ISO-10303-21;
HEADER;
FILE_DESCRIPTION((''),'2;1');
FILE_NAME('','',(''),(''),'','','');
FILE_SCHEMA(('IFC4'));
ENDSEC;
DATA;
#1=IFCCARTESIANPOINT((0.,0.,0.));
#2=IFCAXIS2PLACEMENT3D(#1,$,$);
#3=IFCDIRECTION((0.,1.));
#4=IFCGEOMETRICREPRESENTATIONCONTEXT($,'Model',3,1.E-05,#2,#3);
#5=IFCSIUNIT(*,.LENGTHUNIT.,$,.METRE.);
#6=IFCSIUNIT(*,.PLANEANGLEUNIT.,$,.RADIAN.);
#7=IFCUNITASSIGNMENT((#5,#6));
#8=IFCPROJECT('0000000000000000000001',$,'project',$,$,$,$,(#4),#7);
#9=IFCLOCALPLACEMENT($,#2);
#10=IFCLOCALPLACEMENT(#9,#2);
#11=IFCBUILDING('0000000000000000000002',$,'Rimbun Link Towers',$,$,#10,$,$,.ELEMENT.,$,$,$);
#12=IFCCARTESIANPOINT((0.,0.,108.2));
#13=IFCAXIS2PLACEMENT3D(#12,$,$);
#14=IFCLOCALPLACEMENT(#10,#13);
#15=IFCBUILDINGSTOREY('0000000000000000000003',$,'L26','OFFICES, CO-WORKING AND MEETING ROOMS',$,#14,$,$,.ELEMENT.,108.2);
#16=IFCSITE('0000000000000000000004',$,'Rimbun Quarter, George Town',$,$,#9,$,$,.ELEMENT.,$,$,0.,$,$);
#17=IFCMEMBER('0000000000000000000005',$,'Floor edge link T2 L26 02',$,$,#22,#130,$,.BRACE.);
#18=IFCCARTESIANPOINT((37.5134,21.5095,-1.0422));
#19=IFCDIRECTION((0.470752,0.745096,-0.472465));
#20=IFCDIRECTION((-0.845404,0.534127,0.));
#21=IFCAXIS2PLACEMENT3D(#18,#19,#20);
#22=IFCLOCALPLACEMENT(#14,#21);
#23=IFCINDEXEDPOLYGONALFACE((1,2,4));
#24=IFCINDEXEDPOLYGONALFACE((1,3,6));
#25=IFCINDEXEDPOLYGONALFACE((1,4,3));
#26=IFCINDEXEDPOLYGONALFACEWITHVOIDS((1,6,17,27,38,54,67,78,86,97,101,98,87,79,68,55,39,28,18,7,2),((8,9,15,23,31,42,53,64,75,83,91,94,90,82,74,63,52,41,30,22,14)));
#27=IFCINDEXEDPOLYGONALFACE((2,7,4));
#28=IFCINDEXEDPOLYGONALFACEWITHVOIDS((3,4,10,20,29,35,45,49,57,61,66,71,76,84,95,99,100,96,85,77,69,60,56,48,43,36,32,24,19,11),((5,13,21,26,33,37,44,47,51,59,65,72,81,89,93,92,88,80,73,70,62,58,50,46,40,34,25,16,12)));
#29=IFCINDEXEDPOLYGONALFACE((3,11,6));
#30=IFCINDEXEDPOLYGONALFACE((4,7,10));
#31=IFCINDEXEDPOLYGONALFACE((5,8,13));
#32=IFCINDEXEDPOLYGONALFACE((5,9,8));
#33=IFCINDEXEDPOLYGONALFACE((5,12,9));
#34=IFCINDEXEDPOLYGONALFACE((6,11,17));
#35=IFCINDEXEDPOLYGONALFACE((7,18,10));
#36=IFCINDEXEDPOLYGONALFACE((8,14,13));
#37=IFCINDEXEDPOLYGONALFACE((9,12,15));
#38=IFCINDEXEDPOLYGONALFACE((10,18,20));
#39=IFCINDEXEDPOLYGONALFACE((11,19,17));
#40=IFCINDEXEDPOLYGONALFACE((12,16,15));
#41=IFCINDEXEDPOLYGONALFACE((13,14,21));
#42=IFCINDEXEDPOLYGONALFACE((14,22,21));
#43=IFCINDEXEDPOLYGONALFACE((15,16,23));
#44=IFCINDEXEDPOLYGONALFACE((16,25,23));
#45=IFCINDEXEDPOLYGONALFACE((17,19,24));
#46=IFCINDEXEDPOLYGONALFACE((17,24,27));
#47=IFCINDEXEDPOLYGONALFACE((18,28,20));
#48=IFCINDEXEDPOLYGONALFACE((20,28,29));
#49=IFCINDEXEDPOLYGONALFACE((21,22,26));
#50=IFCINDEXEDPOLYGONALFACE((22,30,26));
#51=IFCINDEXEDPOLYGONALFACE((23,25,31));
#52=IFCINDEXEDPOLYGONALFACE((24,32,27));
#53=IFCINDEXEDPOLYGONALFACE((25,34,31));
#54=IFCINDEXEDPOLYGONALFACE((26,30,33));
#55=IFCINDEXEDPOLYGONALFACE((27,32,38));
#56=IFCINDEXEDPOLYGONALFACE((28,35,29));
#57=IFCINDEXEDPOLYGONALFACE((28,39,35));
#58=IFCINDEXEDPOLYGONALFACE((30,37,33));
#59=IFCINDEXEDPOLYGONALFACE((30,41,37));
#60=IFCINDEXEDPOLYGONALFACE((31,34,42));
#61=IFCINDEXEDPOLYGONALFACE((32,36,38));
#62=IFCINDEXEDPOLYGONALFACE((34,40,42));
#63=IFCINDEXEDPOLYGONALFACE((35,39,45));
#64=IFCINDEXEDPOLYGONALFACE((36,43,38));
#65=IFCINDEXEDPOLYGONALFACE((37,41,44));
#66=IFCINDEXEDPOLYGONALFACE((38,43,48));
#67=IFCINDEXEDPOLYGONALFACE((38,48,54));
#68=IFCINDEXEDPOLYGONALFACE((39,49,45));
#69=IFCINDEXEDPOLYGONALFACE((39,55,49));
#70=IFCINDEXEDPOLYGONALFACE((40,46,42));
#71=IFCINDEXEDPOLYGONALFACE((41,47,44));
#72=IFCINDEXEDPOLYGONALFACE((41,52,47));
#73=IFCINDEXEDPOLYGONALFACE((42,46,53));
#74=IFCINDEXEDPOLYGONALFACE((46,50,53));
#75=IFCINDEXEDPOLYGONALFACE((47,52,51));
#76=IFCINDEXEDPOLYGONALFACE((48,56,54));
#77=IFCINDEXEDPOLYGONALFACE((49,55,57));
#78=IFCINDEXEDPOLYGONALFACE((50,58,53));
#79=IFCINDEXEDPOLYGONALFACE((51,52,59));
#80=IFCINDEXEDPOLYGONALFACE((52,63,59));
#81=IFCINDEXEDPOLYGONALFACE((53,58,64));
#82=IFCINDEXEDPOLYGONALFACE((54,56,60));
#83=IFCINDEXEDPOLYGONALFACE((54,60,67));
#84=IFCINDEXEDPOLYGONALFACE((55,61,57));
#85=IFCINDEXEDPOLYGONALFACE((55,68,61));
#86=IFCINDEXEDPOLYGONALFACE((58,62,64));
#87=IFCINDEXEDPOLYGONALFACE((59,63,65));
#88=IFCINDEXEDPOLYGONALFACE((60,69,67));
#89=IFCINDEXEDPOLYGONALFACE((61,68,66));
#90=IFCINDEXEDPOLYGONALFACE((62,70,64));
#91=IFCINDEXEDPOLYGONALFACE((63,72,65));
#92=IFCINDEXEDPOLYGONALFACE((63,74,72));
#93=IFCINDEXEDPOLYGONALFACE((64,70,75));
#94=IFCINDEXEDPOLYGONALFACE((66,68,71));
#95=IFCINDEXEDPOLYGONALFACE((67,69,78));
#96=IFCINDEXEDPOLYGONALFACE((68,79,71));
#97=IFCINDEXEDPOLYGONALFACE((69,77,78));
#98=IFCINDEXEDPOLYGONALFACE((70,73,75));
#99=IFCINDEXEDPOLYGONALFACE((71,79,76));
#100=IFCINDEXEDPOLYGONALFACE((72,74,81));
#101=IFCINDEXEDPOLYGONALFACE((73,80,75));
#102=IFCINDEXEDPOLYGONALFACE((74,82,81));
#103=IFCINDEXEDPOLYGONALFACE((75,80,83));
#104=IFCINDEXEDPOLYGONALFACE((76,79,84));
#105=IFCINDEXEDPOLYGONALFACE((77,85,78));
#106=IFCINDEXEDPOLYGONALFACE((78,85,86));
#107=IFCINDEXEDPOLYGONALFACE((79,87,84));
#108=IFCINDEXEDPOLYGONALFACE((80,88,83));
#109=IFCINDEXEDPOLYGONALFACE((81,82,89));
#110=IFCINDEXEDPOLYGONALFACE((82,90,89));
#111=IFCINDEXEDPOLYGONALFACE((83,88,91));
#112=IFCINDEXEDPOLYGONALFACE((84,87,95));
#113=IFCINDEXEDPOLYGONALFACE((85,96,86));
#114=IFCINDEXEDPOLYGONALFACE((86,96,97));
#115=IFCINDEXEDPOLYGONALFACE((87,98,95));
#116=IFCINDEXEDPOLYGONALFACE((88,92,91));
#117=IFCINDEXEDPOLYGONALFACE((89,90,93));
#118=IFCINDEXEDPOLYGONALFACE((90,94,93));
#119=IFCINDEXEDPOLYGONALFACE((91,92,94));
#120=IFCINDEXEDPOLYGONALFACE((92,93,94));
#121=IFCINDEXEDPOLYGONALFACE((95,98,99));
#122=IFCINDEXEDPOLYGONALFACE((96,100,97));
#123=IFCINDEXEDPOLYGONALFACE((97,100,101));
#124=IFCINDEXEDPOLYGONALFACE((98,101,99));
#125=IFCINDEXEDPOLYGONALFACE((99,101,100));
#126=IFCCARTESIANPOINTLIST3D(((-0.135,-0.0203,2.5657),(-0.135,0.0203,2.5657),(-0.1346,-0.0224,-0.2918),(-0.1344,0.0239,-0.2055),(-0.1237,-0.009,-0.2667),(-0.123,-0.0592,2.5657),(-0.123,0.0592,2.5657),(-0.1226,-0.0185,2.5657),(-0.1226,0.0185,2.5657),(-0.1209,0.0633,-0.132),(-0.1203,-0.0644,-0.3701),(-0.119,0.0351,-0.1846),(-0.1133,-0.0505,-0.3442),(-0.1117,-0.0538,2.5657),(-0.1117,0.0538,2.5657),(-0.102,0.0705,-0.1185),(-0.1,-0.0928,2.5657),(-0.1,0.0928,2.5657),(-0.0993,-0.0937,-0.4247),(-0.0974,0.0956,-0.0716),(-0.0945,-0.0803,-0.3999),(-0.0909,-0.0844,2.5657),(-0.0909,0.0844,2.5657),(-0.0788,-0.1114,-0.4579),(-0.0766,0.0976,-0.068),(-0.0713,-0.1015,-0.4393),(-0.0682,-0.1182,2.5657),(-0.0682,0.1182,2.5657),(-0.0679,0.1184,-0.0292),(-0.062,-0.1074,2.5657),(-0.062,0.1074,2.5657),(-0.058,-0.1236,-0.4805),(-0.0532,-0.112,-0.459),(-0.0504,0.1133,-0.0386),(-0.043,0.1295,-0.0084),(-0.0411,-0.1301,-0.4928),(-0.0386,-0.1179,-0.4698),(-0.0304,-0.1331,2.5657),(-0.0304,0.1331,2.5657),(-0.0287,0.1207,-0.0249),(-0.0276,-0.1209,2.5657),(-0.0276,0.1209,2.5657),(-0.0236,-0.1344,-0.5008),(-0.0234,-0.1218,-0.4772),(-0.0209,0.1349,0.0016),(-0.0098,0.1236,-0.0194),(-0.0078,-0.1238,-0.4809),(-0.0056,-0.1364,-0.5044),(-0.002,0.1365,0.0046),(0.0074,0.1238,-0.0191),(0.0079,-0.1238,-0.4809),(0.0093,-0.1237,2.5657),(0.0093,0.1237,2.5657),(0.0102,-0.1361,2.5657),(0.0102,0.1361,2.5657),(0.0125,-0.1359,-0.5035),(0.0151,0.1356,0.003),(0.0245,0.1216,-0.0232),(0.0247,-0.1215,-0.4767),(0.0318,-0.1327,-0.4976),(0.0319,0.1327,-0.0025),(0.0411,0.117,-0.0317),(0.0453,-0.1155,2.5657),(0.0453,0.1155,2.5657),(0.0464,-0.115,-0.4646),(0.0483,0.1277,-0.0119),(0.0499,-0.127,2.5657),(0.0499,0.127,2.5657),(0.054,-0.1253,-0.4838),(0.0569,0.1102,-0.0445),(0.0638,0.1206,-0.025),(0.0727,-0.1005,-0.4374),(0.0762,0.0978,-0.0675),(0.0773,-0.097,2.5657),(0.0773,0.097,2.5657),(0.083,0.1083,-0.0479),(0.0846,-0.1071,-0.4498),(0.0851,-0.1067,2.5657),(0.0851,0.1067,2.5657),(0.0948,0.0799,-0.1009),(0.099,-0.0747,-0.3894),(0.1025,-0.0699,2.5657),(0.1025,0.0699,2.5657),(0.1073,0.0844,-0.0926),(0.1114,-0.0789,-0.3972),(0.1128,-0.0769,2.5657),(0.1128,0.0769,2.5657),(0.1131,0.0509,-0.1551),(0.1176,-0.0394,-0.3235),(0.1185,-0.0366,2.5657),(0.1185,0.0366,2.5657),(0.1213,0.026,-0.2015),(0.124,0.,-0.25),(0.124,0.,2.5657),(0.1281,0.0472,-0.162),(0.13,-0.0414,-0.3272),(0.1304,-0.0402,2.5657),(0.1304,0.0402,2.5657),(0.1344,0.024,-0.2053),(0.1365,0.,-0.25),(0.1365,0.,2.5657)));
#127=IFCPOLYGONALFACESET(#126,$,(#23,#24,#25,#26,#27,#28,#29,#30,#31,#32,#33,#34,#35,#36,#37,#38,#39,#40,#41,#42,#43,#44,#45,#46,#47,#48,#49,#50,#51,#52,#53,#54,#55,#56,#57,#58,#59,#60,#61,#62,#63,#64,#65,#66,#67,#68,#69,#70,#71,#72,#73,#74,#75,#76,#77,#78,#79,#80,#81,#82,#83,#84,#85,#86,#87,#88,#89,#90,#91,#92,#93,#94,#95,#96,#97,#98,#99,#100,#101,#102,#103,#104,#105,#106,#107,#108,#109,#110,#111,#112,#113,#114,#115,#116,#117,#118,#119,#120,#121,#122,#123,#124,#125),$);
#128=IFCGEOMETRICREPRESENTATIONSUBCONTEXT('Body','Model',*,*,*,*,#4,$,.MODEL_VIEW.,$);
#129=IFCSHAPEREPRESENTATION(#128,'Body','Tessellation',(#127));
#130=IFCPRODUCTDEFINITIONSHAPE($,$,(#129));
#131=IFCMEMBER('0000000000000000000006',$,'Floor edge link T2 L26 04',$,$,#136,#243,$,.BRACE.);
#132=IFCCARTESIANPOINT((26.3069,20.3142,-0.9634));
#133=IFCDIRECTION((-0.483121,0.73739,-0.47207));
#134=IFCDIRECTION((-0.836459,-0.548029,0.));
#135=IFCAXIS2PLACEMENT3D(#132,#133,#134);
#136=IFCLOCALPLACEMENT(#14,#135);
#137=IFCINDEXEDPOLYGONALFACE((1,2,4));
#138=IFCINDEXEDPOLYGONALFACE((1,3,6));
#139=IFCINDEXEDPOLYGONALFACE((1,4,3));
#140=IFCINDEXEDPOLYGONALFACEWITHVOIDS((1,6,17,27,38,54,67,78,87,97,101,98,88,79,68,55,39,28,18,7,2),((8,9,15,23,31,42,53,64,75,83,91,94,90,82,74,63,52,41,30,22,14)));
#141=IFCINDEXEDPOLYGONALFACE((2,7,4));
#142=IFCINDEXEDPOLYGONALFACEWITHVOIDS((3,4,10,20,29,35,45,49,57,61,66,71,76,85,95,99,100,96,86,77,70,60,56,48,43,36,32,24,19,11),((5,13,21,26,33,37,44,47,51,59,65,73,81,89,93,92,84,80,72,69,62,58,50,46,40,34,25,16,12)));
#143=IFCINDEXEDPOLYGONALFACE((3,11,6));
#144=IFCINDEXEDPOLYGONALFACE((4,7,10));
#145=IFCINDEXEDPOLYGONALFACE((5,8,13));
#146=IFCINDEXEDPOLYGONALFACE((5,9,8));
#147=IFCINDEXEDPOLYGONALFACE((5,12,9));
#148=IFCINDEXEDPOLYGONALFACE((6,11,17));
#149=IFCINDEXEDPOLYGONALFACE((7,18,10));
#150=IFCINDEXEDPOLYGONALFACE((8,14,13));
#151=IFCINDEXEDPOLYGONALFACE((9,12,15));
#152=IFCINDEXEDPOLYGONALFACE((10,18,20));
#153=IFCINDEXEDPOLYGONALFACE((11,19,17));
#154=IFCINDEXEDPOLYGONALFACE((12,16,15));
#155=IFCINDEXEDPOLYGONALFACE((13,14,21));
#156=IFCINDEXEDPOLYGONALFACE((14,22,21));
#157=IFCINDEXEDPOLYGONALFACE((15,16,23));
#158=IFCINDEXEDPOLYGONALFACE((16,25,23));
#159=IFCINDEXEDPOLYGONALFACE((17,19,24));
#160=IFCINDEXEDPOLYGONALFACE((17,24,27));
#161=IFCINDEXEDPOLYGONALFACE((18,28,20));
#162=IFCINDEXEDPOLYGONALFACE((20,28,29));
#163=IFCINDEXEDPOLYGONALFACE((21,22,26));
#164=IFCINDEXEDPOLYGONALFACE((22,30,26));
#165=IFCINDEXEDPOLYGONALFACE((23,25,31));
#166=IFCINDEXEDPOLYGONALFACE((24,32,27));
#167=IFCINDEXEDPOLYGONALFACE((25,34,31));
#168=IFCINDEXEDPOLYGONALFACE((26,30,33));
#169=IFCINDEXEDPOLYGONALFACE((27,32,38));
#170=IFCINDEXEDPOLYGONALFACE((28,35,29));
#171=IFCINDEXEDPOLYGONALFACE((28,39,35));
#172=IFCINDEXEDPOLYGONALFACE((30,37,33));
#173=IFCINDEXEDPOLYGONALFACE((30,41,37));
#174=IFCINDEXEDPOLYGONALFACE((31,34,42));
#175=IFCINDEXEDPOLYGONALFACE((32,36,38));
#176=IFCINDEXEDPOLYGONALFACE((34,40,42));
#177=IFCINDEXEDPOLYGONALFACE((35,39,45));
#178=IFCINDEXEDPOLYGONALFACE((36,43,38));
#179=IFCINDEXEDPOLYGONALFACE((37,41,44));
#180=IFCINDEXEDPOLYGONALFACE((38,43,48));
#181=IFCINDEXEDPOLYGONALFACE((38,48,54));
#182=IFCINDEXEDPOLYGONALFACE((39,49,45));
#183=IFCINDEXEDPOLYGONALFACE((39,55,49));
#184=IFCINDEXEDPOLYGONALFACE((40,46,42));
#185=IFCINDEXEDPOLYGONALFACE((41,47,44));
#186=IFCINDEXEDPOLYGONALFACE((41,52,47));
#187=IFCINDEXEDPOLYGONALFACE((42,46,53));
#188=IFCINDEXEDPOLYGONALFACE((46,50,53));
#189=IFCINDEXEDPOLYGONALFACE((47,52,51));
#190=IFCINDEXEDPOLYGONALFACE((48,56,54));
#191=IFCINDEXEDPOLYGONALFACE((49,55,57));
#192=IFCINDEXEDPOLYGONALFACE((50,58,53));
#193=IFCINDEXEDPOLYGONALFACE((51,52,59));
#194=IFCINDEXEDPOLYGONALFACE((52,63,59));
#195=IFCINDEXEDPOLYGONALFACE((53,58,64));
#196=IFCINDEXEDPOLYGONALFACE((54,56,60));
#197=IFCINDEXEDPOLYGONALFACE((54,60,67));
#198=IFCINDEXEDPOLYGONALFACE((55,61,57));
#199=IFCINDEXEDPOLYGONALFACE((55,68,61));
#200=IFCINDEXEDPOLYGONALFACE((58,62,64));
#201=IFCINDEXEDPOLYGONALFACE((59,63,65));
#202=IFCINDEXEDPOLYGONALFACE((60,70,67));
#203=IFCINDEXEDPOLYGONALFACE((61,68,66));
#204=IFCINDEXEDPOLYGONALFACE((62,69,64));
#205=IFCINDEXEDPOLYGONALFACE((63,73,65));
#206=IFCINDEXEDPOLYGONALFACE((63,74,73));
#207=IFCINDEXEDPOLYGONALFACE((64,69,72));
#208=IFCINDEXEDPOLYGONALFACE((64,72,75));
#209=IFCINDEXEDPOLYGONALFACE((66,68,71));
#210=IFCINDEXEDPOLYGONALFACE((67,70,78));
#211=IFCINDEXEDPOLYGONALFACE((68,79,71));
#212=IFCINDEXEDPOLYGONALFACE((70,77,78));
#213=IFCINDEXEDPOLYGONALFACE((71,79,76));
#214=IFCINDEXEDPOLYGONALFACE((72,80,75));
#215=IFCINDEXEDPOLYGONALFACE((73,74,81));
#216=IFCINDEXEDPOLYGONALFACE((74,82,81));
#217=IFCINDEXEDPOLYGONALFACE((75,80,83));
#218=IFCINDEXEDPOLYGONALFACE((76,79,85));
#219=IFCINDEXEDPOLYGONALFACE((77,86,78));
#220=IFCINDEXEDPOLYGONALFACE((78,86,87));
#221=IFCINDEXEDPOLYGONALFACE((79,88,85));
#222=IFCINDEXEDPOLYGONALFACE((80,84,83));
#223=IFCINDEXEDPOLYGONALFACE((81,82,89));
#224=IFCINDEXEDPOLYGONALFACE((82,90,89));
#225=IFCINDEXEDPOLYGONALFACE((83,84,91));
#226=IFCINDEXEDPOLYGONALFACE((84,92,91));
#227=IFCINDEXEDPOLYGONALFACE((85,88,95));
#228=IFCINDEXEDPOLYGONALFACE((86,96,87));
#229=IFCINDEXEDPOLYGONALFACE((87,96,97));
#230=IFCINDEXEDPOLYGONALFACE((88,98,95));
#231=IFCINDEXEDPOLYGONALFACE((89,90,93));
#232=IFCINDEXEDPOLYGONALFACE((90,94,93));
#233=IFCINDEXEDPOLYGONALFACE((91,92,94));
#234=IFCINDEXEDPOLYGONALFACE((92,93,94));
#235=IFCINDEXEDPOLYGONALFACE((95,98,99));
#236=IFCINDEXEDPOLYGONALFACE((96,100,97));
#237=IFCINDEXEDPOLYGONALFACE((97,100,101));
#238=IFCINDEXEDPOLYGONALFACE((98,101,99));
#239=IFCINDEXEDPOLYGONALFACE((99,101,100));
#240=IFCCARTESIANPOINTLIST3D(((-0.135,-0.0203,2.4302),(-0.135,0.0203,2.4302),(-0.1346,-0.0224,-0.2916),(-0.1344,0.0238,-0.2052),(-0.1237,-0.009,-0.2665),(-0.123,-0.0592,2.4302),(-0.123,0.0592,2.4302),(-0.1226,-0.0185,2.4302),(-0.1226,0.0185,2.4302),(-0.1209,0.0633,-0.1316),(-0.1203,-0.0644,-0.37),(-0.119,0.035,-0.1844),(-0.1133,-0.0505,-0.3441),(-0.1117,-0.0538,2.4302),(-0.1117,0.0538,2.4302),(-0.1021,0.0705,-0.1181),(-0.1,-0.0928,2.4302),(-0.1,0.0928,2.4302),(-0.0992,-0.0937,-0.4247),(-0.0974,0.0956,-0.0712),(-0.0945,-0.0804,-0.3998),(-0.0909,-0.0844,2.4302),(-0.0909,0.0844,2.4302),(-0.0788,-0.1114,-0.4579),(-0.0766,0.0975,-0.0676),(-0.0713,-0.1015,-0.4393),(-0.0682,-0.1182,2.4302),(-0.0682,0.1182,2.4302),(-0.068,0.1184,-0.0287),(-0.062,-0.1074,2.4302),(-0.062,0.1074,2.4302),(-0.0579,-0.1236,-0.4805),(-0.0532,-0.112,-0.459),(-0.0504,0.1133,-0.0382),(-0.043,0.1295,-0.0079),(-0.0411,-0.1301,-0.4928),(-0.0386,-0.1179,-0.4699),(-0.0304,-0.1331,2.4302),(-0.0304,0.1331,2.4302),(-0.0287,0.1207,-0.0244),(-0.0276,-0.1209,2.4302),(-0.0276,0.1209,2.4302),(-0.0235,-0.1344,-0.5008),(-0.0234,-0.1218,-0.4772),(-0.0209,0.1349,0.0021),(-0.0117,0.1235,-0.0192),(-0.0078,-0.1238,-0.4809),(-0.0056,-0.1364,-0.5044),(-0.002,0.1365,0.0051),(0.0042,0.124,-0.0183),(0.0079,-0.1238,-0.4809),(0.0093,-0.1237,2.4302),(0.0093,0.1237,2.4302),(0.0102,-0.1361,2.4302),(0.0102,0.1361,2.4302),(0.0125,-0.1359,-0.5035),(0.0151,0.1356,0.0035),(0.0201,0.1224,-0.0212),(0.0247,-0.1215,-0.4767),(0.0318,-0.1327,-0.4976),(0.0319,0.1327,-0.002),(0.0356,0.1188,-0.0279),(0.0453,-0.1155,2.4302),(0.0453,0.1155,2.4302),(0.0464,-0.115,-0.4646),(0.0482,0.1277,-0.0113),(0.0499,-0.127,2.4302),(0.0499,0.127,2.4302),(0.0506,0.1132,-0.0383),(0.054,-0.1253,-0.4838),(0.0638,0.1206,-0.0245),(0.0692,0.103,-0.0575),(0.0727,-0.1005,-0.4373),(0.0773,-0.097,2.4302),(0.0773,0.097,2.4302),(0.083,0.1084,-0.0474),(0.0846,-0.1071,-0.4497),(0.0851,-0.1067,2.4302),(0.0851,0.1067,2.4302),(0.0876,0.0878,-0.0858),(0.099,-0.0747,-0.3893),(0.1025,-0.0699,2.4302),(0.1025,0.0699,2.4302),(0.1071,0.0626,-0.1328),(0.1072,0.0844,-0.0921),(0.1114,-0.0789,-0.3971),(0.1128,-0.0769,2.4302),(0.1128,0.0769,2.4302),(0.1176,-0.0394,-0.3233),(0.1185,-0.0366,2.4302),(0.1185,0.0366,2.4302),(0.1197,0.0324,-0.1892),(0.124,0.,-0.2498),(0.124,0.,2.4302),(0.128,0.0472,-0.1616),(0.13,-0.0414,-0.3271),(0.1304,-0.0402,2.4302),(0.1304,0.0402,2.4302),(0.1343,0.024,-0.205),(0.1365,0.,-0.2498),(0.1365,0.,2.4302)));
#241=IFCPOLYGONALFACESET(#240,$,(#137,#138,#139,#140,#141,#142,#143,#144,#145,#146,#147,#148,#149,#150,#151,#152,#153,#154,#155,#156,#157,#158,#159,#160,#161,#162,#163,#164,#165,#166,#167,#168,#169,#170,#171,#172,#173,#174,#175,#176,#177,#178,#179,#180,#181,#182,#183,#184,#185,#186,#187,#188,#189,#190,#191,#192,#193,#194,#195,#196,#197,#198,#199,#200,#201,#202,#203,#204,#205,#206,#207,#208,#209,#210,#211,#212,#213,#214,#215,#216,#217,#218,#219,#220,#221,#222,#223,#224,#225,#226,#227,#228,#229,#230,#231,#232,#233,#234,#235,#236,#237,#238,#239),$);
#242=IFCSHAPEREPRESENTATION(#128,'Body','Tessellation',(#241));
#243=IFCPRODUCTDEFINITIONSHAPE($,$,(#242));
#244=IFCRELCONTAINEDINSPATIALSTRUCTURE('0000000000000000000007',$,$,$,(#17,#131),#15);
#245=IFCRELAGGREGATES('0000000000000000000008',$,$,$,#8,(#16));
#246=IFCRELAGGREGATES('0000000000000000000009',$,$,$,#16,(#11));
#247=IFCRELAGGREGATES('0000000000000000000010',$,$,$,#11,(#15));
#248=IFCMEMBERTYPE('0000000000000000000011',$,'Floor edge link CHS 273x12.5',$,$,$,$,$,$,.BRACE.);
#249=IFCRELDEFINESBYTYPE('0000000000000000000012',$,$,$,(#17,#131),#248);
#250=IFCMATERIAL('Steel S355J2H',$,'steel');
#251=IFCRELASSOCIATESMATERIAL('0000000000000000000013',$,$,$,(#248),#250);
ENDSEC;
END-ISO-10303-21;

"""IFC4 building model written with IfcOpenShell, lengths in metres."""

from ifc_helpers import new_model, si_unit, direction, frame, origin, origin_2d, place, context, subcontext, project, spatial, hollow_circle, extrude, clip, halfspace, material, material_profile, profile_set, type_object, element, save


model = new_model("IFC4")

# Units and contexts
model_context = context("Model", 3, precision=1e-05, world=origin(), true_north=direction((0.0, 1.0)))
body_context = subcontext(model_context, "Body", "Model", "MODEL_VIEW")
ifc_project = project(units=[si_unit("LENGTHUNIT", "METRE"), si_unit("PLANEANGLEUNIT", "RADIAN")], contexts=[model_context])

# Site, building, storey
site_placement = place(None, origin())
site = spatial("IfcSite", under=ifc_project, at=site_placement, Name="Rimbun Quarter, George Town", CompositionType="ELEMENT", RefElevation=0.0)
building_placement = place(site_placement, origin())
building = spatial("IfcBuilding", under=site, at=building_placement, Name="Rimbun Link Towers", CompositionType="ELEMENT")
storey_placement = place(building_placement, frame((0.0, 0.0, 108.2)))
storey = spatial("IfcBuildingStorey", under=building, at=storey_placement, Name="L26", Description="OFFICES, CO-WORKING AND MEETING ROOMS", CompositionType="ELEMENT", Elevation=108.2)

# Members
ifc_material_1 = material(Name="Steel S355J2H", Category="steel")
ifc_material_profile_1 = material_profile(ifc_material_1, hollow_circle(Radius=0.1365, WallThickness=0.0125, at=origin_2d()), Name="CHS 273x12.5")
ifc_profile_set_1 = profile_set([ifc_material_profile_1], Name="Steel S355J2H")
member_type_1 = type_object("IfcMemberType", Name="Floor edge link CHS 273x12.5", PredefinedType="BRACE", material=ifc_profile_set_1)
member_1_placement = place(storey_placement, frame((37.5134, 21.5095, -1.0422), z_axis=(0.470752, 0.745096, -0.472465), x_axis=(-0.845404, 0.534127, 0.0)))
element("IfcMember", 1, at=member_1_placement, inside=storey, type_object=member_type_1, Name="Floor edge link T2 L26 02", PredefinedType="BRACE", context=body_context, shape_type="Clipping", body=[
    clip(extrude(hollow_circle(Radius=0.1365, WallThickness=0.0125, at=origin_2d()), frame((0.0, 0.0, -0.5303)), (0.0, 0.0, 1.0), 3.0959), halfspace(frame((0.0, 0.0, -0.25), z_axis=(0.0, 0.881349, -0.472465)), False)),
])
member_2_placement = place(storey_placement, frame((26.3069, 20.3142, -0.9634), z_axis=(-0.483121, 0.73739, -0.47207), x_axis=(-0.836459, -0.548029, 0.0)))
element("IfcMember", 2, at=member_2_placement, inside=storey, type_object=member_type_1, Name="Floor edge link T2 L26 04", PredefinedType="BRACE", context=body_context, shape_type="Clipping", body=[
    clip(extrude(hollow_circle(Radius=0.1365, WallThickness=0.0125, at=origin_2d()), frame((0.0, 0.0, -0.531)), (0.0, 0.0, 1.0), 2.9612), halfspace(frame((0.0, 0.0, -0.2498), z_axis=(0.0, 0.881561, -0.47207)), False)),
])

save(model, "model.ifc")
